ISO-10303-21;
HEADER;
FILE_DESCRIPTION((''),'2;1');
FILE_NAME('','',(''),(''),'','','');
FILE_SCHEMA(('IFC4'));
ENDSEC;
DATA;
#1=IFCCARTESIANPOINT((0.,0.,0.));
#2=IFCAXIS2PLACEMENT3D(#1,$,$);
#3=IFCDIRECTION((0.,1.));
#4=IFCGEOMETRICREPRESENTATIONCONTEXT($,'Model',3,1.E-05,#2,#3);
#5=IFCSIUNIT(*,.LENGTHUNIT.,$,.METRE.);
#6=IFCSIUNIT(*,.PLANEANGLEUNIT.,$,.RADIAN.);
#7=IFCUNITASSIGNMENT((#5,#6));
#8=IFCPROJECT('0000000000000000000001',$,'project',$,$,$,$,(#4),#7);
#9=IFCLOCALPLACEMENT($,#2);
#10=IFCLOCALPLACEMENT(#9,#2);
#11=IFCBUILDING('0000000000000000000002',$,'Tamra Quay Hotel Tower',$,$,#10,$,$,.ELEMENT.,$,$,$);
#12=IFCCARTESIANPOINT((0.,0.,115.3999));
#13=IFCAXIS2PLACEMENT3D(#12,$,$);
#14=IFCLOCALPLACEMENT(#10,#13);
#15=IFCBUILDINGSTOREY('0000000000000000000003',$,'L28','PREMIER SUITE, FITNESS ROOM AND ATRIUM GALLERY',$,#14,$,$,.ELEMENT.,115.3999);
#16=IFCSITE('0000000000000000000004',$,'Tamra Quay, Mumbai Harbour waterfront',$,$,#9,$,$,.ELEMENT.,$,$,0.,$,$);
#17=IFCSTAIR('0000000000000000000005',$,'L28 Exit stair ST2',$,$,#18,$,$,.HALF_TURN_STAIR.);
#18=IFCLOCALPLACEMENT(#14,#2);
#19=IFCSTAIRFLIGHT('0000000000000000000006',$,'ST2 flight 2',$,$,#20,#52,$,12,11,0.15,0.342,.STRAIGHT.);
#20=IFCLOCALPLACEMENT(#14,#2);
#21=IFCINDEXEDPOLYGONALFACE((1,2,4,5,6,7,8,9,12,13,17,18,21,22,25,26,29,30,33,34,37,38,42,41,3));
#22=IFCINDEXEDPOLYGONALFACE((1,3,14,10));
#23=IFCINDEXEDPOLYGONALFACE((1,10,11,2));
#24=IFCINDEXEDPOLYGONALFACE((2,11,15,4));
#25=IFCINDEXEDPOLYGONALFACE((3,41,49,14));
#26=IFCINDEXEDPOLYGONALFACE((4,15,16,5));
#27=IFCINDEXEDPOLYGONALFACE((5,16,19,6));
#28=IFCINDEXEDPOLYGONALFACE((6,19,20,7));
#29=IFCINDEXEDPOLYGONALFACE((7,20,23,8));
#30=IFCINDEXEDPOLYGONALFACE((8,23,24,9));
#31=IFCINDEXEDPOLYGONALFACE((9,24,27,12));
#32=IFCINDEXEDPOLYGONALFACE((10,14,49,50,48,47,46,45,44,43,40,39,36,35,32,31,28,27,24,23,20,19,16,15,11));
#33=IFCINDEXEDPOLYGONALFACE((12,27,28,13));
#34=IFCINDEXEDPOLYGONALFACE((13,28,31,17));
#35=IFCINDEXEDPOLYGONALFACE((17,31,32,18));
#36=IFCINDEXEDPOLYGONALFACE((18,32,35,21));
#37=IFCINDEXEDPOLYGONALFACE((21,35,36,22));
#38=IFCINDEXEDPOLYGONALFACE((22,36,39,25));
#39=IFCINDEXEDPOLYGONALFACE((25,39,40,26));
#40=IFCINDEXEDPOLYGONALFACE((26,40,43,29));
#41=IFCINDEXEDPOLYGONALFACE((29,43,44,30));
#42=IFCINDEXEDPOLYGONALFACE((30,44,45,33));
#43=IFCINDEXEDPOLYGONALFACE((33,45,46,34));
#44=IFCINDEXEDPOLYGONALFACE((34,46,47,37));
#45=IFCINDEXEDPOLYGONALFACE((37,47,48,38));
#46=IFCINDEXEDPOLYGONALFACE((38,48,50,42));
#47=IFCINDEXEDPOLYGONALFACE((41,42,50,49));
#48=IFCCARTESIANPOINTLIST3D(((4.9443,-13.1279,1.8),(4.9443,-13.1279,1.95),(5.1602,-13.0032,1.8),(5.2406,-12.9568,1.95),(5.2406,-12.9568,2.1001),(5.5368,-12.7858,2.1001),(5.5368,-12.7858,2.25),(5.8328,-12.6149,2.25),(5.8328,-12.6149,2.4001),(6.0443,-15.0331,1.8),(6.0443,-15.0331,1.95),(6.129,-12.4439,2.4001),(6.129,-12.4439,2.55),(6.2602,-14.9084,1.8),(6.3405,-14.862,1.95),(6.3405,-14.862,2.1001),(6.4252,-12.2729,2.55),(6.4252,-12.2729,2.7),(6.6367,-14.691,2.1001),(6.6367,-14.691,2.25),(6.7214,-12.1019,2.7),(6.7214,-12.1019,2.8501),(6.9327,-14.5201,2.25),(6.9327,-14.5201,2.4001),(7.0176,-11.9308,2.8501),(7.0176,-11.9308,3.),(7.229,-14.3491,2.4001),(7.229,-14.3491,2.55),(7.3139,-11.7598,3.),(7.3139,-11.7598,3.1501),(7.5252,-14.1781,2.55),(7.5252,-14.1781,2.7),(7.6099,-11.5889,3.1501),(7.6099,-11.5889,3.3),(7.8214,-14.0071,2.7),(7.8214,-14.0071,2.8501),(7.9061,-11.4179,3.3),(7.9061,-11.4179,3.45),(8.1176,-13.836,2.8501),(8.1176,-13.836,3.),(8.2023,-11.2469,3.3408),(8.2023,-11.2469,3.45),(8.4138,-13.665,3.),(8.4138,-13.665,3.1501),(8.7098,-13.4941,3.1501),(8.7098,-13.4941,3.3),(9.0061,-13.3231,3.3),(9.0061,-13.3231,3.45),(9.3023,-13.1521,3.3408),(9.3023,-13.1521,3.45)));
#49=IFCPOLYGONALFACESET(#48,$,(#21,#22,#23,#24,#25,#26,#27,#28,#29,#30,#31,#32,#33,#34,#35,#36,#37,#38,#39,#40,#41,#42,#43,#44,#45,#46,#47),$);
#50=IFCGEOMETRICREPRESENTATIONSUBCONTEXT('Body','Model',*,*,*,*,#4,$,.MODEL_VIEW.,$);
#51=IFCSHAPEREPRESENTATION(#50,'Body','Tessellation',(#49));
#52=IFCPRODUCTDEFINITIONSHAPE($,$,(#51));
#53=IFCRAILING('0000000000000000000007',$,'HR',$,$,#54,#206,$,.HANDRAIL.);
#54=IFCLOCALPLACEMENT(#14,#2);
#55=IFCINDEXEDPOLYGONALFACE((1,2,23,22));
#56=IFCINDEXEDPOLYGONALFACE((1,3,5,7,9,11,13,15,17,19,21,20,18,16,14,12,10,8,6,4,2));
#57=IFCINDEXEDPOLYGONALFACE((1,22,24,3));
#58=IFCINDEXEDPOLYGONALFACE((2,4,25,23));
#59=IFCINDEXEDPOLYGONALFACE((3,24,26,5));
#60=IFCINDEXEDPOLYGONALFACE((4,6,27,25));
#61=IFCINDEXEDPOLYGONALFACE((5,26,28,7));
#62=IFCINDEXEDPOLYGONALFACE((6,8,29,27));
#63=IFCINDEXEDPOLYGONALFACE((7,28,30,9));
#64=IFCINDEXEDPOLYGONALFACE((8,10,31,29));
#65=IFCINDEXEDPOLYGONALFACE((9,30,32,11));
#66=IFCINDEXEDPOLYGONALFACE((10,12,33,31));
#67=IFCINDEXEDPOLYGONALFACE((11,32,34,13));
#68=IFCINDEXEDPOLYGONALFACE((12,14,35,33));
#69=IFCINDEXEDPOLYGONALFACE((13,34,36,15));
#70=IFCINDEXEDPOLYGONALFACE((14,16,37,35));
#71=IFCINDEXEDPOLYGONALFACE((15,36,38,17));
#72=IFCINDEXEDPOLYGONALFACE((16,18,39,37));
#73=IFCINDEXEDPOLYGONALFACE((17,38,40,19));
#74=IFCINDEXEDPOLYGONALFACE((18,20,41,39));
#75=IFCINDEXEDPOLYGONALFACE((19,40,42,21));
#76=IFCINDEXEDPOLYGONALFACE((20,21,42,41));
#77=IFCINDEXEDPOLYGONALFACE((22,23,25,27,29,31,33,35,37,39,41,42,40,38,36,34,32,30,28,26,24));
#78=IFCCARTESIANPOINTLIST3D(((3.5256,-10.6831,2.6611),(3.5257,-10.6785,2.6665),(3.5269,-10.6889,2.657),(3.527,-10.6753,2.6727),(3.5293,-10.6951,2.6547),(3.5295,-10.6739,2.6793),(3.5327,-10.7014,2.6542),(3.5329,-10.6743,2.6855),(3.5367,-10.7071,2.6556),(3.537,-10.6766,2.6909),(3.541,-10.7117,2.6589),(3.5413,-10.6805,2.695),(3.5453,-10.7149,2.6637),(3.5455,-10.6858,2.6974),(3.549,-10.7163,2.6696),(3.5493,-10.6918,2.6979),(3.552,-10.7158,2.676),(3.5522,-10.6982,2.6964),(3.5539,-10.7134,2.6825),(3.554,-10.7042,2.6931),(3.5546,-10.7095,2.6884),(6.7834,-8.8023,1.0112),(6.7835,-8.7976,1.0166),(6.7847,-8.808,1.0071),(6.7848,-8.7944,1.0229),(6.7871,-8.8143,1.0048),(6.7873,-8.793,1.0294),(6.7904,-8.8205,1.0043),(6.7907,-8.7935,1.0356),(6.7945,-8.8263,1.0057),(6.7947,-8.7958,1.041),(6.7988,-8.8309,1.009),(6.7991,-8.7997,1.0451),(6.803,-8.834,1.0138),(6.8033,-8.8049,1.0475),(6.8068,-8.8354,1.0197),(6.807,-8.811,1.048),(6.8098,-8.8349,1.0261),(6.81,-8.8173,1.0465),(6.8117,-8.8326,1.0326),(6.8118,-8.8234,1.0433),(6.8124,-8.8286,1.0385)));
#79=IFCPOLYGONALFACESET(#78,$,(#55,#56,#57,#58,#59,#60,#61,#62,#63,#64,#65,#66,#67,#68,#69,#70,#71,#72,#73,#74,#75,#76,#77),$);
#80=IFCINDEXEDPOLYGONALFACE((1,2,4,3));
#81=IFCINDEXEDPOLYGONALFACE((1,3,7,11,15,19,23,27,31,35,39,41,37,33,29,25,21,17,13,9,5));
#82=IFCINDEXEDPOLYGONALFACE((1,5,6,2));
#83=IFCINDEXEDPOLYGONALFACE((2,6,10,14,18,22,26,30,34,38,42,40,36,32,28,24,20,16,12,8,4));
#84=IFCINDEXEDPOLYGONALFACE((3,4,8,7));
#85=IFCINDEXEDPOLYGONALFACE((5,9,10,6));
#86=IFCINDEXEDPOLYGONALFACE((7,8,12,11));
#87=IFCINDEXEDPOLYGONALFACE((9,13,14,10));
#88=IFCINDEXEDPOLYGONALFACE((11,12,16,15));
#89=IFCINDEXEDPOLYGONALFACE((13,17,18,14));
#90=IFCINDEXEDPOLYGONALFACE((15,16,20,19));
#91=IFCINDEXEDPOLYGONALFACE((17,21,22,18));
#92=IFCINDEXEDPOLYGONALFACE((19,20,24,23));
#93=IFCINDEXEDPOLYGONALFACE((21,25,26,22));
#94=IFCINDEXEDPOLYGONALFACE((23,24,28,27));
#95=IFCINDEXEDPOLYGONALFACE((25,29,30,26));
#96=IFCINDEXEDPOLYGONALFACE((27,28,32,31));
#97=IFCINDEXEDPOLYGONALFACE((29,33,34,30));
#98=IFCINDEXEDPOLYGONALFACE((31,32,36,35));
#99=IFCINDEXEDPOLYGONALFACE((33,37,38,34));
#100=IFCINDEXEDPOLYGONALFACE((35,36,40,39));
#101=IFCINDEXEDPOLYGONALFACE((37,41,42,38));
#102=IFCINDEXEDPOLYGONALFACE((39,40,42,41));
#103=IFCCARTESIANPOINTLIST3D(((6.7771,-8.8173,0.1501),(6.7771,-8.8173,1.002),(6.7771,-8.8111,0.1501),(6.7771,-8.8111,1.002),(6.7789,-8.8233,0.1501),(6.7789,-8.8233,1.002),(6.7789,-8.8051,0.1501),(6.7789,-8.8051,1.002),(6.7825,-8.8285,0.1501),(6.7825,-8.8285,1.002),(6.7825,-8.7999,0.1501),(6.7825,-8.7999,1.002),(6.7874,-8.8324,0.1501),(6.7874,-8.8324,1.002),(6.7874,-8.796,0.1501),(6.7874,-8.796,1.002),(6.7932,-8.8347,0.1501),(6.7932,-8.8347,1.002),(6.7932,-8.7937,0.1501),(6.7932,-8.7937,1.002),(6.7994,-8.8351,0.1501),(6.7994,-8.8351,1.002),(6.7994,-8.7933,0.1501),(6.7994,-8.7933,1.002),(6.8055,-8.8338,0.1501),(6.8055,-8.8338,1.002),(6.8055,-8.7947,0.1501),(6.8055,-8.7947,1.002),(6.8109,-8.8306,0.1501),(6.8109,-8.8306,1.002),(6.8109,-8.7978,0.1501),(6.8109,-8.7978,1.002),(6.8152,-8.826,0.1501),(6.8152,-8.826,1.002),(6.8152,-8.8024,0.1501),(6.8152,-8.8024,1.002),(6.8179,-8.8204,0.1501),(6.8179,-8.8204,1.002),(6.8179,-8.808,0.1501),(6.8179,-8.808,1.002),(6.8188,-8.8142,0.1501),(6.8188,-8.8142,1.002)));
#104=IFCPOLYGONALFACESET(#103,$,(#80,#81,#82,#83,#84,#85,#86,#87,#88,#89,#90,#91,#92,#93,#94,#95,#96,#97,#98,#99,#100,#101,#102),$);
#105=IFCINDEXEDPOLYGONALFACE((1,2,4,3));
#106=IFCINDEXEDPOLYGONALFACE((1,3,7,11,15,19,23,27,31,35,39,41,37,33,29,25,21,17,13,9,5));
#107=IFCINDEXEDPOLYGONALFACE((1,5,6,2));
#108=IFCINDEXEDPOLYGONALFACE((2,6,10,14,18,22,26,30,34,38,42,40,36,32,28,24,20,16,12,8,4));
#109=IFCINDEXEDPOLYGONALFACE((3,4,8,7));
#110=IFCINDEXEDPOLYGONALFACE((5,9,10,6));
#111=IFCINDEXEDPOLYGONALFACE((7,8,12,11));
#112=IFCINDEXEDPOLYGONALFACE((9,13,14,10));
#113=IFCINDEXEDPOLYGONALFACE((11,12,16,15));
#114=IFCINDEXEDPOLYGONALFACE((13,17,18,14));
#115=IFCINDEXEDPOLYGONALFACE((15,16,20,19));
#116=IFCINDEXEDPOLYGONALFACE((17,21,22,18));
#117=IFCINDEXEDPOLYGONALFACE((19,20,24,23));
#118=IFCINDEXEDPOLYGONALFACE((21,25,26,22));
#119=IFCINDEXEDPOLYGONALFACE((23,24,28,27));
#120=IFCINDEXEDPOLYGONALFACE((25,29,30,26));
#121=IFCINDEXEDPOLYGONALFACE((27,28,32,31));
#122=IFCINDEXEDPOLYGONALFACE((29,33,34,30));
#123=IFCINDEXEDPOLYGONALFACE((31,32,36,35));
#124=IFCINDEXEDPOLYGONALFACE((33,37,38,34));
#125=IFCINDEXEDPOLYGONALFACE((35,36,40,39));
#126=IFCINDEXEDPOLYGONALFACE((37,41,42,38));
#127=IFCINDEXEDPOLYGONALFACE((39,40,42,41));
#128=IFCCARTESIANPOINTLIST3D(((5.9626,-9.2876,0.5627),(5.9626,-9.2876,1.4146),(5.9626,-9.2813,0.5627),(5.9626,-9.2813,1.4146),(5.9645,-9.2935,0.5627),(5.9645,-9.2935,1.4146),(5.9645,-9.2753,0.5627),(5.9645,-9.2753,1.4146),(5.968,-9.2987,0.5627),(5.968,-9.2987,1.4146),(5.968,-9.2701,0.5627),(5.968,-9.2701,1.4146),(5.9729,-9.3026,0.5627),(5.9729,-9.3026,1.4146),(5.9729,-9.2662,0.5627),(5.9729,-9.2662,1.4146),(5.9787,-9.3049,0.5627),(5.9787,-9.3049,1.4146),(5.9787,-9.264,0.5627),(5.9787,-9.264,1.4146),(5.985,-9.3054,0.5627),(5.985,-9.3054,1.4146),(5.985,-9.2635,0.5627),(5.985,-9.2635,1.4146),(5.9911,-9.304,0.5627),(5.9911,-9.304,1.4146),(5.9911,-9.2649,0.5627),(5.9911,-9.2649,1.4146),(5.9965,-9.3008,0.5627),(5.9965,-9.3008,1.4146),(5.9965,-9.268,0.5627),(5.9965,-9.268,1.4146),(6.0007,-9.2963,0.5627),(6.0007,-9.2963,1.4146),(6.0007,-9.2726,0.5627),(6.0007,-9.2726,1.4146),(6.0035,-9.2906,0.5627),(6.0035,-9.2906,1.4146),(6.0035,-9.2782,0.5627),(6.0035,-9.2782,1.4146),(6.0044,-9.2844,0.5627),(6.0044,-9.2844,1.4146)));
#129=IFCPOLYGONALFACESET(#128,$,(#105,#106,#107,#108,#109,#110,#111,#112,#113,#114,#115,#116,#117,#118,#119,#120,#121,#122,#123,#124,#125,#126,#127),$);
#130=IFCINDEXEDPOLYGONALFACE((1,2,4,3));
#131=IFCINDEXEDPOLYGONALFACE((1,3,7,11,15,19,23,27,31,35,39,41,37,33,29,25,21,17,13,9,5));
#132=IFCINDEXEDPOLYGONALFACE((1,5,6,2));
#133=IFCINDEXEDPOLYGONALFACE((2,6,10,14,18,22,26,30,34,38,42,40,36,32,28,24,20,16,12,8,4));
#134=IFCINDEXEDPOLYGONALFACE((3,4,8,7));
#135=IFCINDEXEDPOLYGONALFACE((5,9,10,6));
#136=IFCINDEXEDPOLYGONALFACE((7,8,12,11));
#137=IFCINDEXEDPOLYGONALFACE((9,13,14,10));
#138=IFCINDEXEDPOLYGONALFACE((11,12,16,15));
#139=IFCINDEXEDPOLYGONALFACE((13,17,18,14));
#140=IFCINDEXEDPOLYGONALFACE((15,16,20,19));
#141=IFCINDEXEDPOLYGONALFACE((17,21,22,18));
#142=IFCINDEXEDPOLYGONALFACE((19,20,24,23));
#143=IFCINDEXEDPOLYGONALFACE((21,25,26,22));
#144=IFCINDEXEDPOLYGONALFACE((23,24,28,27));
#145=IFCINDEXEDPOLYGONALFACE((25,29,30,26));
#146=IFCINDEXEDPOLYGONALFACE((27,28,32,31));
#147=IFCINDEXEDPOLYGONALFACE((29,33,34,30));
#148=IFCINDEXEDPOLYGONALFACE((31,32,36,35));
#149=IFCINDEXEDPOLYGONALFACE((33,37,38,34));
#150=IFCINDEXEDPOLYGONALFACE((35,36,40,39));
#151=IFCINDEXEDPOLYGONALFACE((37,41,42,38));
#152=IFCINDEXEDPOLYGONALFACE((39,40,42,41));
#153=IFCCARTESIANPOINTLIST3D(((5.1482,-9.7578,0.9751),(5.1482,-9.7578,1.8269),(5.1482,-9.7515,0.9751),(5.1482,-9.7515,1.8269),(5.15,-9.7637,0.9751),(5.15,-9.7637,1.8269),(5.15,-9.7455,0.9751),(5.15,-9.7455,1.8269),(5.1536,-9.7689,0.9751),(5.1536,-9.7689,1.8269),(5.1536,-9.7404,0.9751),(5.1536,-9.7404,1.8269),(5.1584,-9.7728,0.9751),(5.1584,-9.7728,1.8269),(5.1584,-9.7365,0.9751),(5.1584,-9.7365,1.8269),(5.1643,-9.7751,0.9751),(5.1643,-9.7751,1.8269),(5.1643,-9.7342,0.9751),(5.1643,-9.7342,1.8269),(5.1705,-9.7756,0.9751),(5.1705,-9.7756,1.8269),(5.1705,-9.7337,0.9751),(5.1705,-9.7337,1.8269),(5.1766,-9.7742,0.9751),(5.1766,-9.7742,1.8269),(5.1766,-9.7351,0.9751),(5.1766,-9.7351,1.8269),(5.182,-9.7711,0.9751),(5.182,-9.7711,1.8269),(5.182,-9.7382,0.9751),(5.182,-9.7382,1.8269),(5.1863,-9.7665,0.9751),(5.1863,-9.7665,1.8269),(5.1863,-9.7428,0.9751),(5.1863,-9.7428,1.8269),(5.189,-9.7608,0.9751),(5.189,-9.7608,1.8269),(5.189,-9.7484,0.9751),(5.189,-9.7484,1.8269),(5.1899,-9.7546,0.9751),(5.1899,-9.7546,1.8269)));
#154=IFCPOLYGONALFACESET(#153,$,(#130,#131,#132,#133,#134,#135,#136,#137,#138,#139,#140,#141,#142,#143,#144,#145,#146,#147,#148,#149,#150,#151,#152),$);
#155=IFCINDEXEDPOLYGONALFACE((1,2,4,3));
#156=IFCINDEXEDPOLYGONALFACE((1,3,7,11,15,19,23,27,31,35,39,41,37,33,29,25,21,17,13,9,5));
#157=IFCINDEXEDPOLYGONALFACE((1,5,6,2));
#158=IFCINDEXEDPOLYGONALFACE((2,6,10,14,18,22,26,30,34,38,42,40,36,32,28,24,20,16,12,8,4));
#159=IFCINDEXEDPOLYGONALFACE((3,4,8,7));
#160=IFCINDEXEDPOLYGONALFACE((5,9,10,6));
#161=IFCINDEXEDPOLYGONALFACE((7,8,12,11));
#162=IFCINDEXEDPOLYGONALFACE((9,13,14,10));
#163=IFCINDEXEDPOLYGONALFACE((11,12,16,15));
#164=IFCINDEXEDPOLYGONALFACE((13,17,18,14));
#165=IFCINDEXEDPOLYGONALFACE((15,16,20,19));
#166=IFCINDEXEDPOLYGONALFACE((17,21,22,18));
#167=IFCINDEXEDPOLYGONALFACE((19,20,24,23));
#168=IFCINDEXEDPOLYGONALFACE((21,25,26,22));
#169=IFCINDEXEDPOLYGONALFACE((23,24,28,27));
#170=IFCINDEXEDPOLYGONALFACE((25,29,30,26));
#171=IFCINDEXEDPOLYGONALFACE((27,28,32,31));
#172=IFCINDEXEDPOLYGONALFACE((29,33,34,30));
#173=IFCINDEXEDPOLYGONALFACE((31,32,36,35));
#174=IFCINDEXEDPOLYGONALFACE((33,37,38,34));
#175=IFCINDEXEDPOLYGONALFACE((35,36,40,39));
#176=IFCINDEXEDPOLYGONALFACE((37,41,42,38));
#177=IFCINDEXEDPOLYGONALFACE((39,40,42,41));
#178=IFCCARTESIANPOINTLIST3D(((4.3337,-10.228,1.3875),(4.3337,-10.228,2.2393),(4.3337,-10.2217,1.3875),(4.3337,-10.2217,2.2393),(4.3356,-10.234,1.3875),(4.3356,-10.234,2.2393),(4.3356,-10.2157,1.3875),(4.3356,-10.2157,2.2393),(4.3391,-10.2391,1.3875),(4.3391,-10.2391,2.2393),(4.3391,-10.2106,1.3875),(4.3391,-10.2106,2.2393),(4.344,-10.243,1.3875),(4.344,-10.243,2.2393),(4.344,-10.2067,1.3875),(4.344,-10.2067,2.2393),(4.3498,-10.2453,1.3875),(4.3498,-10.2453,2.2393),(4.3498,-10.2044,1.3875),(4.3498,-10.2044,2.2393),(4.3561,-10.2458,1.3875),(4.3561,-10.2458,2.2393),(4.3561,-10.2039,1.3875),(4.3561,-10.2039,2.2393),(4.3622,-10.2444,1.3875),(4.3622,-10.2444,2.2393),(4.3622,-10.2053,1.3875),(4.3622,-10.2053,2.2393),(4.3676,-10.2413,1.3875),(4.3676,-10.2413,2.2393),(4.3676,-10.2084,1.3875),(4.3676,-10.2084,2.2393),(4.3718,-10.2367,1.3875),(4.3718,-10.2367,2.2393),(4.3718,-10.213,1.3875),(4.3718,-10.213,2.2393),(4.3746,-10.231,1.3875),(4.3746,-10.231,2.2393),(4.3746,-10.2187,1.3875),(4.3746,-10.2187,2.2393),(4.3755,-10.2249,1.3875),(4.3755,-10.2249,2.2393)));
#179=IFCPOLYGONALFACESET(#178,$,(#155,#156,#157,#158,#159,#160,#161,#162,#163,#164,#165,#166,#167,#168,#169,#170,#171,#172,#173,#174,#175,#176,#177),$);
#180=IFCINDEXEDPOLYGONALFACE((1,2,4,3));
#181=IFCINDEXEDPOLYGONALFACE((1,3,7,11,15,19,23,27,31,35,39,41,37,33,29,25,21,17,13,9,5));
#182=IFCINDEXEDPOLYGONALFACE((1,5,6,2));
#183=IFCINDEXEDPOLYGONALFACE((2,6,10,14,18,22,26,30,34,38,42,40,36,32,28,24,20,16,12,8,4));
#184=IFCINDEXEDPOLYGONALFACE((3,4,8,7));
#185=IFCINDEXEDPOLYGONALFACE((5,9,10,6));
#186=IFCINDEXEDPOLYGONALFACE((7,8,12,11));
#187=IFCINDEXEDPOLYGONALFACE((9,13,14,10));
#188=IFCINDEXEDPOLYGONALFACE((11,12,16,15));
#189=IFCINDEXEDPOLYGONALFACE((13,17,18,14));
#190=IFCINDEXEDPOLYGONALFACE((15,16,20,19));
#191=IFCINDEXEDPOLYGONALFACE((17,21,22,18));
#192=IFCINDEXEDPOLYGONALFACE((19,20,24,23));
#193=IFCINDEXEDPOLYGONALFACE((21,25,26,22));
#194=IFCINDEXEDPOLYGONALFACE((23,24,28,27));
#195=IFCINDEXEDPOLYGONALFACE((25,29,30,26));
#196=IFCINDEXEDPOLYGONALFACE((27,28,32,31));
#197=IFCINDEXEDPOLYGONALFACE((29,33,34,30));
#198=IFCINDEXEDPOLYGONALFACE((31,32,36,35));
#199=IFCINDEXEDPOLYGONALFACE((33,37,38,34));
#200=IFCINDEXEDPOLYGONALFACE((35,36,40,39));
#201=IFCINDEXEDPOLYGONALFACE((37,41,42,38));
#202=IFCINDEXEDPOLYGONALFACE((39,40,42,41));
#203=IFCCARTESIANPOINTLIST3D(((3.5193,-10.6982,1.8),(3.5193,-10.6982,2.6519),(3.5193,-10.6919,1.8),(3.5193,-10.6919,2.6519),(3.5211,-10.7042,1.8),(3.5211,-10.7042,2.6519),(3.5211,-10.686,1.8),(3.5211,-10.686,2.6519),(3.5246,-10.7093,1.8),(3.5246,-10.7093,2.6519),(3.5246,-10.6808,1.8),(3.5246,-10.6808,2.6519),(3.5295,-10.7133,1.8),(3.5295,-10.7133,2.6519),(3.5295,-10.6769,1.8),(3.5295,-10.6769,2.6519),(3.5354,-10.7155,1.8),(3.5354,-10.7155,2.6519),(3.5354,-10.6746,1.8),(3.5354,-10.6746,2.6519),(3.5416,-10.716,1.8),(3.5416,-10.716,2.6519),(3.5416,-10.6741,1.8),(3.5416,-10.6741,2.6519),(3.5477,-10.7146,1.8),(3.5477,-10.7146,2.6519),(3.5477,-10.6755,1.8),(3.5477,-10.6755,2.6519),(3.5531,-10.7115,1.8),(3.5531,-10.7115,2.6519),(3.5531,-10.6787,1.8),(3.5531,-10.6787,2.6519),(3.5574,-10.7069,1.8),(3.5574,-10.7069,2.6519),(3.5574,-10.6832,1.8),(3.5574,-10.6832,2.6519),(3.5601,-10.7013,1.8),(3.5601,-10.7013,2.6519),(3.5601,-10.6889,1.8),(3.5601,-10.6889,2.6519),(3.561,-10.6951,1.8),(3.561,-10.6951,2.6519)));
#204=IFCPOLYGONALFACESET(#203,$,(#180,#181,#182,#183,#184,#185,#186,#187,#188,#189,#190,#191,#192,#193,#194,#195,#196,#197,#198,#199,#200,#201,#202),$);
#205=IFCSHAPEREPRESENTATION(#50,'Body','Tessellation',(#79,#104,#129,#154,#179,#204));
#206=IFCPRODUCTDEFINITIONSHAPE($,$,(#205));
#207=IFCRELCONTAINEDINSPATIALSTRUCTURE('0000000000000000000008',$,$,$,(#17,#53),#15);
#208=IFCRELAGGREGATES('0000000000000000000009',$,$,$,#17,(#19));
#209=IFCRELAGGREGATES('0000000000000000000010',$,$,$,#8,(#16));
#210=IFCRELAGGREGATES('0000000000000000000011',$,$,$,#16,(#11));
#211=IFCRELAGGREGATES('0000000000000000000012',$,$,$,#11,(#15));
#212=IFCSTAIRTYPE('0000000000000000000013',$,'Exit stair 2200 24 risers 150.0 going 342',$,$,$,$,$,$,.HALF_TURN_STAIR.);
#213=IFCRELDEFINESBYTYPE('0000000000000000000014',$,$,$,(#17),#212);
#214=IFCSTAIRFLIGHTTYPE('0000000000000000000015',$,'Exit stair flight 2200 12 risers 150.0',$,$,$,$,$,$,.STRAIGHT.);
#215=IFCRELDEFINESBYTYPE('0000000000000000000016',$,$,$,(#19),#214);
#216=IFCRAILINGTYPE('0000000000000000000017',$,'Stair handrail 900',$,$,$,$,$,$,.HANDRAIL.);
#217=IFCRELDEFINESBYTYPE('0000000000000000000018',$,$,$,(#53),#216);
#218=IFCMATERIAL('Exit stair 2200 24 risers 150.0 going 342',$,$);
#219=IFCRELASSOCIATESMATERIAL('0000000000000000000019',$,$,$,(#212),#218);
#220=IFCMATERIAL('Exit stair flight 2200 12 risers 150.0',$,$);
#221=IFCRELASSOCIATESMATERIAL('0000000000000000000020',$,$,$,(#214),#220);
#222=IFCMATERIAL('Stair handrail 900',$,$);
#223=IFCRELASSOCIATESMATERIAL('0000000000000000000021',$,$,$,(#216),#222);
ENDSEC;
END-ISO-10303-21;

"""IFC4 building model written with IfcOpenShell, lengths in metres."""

from ifc_helpers import new_model, si_unit, direction, frame, origin, origin_2d, place, context, subcontext, project, spatial, polyline, circle, outline, extrude, material, type_object, element, aggregate, save


model = new_model("IFC4")

# Units and contexts
model_context = context("Model", 3, precision=1e-05, world=origin(), true_north=direction((0.0, 1.0)))
body_context = subcontext(model_context, "Body", "Model", "MODEL_VIEW")
ifc_project = project(units=[si_unit("LENGTHUNIT", "METRE"), si_unit("PLANEANGLEUNIT", "RADIAN")], contexts=[model_context])

# Site, building, storey
site_placement = place(None, origin())
site = spatial("IfcSite", under=ifc_project, at=site_placement, Name="Tamra Quay, Mumbai Harbour waterfront", CompositionType="ELEMENT", RefElevation=0.0)
building_placement = place(site_placement, origin())
building = spatial("IfcBuilding", under=site, at=building_placement, Name="Tamra Quay Hotel Tower", CompositionType="ELEMENT")
storey_placement = place(building_placement, frame((0.0, 0.0, 115.3999)))
storey = spatial("IfcBuildingStorey", under=building, at=storey_placement, Name="L28", Description="PREMIER SUITE, FITNESS ROOM AND ATRIUM GALLERY", CompositionType="ELEMENT", Elevation=115.3999)

# Stair, stair flight
ifc_material_1 = material(Name="Exit stair 2200 24 risers 150.0 going 342")
stair_type = type_object("IfcStairType", Name="Exit stair 2200 24 risers 150.0 going 342", PredefinedType="HALF_TURN_STAIR", material=ifc_material_1)
stair_placement = place(storey_placement, origin())
stair = element("IfcStair", 1, at=stair_placement, inside=storey, type_object=stair_type, Name="L28 Exit stair ST2", PredefinedType="HALF_TURN_STAIR")
ifc_material_2 = material(Name="Exit stair flight 2200 12 risers 150.0")
stair_flight_type = type_object("IfcStairFlightType", Name="Exit stair flight 2200 12 risers 150.0", PredefinedType="STRAIGHT", material=ifc_material_2)
stair_flight_1_placement = place(storey_placement, frame((5.4944, -14.0806, 1.8), z_axis=(0.0, 0.0, 1.0), x_axis=(0.866025, 0.5, 0.0)))
stair_flight_1 = element("IfcStairFlight", 2, at=stair_flight_1_placement, type_object=stair_flight_type, Name="ST2 flight 2", NumberOfRisers=12, NumberOfTreads=11, PredefinedType="STRAIGHT", RiserHeight=0.15, TreadLength=0.342, context=body_context, shape_type="SweptSolid", body=[
    extrude(outline(polyline([(0.0, 0.0), (0.0, 0.1499), (0.342, 0.1499), (0.342, 0.3), (0.6841, 0.3), (0.6841, 0.45), (1.0259, 0.45), (1.0259, 0.6001), (1.3679, 0.6001), (1.3679, 0.75), (1.71, 0.75), (1.71, 0.8999), (2.052, 0.8999), (2.052, 1.05), (2.394, 1.05), (2.394, 1.2), (2.7361, 1.2), (2.7361, 1.3501), (3.0779, 1.3501), (3.0779, 1.5), (3.4199, 1.5), (3.4199, 1.6499), (3.762, 1.6499), (3.762, 1.8), (3.762, 1.5408), (0.2493, 0.0), (0.0, 0.0)])), frame((0.0, 1.1001, 0.0), z_axis=(0.0, -1.0, 0.0), x_axis=(1.0, 0.0, 0.0)), (0.0, 0.0, 1.0), 2.2),
])
aggregate(stair, [stair_flight_1])

# Railing
ifc_material_3 = material(Name="Stair handrail 900")
railing_type_1 = type_object("IfcRailingType", Name="Stair handrail 900", PredefinedType="HANDRAIL", material=ifc_material_3)
railing_1_placement = place(storey_placement, frame((6.7979, -8.8142, 0.1501)))
element("IfcRailing", 3, at=railing_1_placement, inside=storey, type_object=railing_type_1, Name="HR", PredefinedType="HANDRAIL", context=body_context, shape_type="SweptSolid", body=[
    extrude(circle(Radius=0.0239, at=origin_2d()), frame((0.0, 0.0, 0.876), z_axis=(-0.7931, -0.457887, 0.401661), x_axis=(0.499992, -0.86603, 0.0)), (0.0, 0.0, 1.0), 4.1077),
    extrude(circle(Radius=0.021, at=origin_2d()), origin(), (0.0, 0.0, 1.0), 0.8518),
    extrude(circle(Radius=0.021, at=origin_2d()), frame((-0.8145, -0.4702, 0.4126)), (0.0, 0.0, 1.0), 0.8518),
    extrude(circle(Radius=0.021, at=origin_2d()), frame((-1.6289, -0.9404, 0.825)), (0.0, 0.0, 1.0), 0.8518),
    extrude(circle(Radius=0.021, at=origin_2d()), frame((-2.4434, -1.4106, 1.2373)), (0.0, 0.0, 1.0), 0.8518),
    extrude(circle(Radius=0.021, at=origin_2d()), frame((-3.2578, -1.8809, 1.6499)), (0.0, 0.0, 1.0), 0.8518),
])

save(model, "model.ifc")
